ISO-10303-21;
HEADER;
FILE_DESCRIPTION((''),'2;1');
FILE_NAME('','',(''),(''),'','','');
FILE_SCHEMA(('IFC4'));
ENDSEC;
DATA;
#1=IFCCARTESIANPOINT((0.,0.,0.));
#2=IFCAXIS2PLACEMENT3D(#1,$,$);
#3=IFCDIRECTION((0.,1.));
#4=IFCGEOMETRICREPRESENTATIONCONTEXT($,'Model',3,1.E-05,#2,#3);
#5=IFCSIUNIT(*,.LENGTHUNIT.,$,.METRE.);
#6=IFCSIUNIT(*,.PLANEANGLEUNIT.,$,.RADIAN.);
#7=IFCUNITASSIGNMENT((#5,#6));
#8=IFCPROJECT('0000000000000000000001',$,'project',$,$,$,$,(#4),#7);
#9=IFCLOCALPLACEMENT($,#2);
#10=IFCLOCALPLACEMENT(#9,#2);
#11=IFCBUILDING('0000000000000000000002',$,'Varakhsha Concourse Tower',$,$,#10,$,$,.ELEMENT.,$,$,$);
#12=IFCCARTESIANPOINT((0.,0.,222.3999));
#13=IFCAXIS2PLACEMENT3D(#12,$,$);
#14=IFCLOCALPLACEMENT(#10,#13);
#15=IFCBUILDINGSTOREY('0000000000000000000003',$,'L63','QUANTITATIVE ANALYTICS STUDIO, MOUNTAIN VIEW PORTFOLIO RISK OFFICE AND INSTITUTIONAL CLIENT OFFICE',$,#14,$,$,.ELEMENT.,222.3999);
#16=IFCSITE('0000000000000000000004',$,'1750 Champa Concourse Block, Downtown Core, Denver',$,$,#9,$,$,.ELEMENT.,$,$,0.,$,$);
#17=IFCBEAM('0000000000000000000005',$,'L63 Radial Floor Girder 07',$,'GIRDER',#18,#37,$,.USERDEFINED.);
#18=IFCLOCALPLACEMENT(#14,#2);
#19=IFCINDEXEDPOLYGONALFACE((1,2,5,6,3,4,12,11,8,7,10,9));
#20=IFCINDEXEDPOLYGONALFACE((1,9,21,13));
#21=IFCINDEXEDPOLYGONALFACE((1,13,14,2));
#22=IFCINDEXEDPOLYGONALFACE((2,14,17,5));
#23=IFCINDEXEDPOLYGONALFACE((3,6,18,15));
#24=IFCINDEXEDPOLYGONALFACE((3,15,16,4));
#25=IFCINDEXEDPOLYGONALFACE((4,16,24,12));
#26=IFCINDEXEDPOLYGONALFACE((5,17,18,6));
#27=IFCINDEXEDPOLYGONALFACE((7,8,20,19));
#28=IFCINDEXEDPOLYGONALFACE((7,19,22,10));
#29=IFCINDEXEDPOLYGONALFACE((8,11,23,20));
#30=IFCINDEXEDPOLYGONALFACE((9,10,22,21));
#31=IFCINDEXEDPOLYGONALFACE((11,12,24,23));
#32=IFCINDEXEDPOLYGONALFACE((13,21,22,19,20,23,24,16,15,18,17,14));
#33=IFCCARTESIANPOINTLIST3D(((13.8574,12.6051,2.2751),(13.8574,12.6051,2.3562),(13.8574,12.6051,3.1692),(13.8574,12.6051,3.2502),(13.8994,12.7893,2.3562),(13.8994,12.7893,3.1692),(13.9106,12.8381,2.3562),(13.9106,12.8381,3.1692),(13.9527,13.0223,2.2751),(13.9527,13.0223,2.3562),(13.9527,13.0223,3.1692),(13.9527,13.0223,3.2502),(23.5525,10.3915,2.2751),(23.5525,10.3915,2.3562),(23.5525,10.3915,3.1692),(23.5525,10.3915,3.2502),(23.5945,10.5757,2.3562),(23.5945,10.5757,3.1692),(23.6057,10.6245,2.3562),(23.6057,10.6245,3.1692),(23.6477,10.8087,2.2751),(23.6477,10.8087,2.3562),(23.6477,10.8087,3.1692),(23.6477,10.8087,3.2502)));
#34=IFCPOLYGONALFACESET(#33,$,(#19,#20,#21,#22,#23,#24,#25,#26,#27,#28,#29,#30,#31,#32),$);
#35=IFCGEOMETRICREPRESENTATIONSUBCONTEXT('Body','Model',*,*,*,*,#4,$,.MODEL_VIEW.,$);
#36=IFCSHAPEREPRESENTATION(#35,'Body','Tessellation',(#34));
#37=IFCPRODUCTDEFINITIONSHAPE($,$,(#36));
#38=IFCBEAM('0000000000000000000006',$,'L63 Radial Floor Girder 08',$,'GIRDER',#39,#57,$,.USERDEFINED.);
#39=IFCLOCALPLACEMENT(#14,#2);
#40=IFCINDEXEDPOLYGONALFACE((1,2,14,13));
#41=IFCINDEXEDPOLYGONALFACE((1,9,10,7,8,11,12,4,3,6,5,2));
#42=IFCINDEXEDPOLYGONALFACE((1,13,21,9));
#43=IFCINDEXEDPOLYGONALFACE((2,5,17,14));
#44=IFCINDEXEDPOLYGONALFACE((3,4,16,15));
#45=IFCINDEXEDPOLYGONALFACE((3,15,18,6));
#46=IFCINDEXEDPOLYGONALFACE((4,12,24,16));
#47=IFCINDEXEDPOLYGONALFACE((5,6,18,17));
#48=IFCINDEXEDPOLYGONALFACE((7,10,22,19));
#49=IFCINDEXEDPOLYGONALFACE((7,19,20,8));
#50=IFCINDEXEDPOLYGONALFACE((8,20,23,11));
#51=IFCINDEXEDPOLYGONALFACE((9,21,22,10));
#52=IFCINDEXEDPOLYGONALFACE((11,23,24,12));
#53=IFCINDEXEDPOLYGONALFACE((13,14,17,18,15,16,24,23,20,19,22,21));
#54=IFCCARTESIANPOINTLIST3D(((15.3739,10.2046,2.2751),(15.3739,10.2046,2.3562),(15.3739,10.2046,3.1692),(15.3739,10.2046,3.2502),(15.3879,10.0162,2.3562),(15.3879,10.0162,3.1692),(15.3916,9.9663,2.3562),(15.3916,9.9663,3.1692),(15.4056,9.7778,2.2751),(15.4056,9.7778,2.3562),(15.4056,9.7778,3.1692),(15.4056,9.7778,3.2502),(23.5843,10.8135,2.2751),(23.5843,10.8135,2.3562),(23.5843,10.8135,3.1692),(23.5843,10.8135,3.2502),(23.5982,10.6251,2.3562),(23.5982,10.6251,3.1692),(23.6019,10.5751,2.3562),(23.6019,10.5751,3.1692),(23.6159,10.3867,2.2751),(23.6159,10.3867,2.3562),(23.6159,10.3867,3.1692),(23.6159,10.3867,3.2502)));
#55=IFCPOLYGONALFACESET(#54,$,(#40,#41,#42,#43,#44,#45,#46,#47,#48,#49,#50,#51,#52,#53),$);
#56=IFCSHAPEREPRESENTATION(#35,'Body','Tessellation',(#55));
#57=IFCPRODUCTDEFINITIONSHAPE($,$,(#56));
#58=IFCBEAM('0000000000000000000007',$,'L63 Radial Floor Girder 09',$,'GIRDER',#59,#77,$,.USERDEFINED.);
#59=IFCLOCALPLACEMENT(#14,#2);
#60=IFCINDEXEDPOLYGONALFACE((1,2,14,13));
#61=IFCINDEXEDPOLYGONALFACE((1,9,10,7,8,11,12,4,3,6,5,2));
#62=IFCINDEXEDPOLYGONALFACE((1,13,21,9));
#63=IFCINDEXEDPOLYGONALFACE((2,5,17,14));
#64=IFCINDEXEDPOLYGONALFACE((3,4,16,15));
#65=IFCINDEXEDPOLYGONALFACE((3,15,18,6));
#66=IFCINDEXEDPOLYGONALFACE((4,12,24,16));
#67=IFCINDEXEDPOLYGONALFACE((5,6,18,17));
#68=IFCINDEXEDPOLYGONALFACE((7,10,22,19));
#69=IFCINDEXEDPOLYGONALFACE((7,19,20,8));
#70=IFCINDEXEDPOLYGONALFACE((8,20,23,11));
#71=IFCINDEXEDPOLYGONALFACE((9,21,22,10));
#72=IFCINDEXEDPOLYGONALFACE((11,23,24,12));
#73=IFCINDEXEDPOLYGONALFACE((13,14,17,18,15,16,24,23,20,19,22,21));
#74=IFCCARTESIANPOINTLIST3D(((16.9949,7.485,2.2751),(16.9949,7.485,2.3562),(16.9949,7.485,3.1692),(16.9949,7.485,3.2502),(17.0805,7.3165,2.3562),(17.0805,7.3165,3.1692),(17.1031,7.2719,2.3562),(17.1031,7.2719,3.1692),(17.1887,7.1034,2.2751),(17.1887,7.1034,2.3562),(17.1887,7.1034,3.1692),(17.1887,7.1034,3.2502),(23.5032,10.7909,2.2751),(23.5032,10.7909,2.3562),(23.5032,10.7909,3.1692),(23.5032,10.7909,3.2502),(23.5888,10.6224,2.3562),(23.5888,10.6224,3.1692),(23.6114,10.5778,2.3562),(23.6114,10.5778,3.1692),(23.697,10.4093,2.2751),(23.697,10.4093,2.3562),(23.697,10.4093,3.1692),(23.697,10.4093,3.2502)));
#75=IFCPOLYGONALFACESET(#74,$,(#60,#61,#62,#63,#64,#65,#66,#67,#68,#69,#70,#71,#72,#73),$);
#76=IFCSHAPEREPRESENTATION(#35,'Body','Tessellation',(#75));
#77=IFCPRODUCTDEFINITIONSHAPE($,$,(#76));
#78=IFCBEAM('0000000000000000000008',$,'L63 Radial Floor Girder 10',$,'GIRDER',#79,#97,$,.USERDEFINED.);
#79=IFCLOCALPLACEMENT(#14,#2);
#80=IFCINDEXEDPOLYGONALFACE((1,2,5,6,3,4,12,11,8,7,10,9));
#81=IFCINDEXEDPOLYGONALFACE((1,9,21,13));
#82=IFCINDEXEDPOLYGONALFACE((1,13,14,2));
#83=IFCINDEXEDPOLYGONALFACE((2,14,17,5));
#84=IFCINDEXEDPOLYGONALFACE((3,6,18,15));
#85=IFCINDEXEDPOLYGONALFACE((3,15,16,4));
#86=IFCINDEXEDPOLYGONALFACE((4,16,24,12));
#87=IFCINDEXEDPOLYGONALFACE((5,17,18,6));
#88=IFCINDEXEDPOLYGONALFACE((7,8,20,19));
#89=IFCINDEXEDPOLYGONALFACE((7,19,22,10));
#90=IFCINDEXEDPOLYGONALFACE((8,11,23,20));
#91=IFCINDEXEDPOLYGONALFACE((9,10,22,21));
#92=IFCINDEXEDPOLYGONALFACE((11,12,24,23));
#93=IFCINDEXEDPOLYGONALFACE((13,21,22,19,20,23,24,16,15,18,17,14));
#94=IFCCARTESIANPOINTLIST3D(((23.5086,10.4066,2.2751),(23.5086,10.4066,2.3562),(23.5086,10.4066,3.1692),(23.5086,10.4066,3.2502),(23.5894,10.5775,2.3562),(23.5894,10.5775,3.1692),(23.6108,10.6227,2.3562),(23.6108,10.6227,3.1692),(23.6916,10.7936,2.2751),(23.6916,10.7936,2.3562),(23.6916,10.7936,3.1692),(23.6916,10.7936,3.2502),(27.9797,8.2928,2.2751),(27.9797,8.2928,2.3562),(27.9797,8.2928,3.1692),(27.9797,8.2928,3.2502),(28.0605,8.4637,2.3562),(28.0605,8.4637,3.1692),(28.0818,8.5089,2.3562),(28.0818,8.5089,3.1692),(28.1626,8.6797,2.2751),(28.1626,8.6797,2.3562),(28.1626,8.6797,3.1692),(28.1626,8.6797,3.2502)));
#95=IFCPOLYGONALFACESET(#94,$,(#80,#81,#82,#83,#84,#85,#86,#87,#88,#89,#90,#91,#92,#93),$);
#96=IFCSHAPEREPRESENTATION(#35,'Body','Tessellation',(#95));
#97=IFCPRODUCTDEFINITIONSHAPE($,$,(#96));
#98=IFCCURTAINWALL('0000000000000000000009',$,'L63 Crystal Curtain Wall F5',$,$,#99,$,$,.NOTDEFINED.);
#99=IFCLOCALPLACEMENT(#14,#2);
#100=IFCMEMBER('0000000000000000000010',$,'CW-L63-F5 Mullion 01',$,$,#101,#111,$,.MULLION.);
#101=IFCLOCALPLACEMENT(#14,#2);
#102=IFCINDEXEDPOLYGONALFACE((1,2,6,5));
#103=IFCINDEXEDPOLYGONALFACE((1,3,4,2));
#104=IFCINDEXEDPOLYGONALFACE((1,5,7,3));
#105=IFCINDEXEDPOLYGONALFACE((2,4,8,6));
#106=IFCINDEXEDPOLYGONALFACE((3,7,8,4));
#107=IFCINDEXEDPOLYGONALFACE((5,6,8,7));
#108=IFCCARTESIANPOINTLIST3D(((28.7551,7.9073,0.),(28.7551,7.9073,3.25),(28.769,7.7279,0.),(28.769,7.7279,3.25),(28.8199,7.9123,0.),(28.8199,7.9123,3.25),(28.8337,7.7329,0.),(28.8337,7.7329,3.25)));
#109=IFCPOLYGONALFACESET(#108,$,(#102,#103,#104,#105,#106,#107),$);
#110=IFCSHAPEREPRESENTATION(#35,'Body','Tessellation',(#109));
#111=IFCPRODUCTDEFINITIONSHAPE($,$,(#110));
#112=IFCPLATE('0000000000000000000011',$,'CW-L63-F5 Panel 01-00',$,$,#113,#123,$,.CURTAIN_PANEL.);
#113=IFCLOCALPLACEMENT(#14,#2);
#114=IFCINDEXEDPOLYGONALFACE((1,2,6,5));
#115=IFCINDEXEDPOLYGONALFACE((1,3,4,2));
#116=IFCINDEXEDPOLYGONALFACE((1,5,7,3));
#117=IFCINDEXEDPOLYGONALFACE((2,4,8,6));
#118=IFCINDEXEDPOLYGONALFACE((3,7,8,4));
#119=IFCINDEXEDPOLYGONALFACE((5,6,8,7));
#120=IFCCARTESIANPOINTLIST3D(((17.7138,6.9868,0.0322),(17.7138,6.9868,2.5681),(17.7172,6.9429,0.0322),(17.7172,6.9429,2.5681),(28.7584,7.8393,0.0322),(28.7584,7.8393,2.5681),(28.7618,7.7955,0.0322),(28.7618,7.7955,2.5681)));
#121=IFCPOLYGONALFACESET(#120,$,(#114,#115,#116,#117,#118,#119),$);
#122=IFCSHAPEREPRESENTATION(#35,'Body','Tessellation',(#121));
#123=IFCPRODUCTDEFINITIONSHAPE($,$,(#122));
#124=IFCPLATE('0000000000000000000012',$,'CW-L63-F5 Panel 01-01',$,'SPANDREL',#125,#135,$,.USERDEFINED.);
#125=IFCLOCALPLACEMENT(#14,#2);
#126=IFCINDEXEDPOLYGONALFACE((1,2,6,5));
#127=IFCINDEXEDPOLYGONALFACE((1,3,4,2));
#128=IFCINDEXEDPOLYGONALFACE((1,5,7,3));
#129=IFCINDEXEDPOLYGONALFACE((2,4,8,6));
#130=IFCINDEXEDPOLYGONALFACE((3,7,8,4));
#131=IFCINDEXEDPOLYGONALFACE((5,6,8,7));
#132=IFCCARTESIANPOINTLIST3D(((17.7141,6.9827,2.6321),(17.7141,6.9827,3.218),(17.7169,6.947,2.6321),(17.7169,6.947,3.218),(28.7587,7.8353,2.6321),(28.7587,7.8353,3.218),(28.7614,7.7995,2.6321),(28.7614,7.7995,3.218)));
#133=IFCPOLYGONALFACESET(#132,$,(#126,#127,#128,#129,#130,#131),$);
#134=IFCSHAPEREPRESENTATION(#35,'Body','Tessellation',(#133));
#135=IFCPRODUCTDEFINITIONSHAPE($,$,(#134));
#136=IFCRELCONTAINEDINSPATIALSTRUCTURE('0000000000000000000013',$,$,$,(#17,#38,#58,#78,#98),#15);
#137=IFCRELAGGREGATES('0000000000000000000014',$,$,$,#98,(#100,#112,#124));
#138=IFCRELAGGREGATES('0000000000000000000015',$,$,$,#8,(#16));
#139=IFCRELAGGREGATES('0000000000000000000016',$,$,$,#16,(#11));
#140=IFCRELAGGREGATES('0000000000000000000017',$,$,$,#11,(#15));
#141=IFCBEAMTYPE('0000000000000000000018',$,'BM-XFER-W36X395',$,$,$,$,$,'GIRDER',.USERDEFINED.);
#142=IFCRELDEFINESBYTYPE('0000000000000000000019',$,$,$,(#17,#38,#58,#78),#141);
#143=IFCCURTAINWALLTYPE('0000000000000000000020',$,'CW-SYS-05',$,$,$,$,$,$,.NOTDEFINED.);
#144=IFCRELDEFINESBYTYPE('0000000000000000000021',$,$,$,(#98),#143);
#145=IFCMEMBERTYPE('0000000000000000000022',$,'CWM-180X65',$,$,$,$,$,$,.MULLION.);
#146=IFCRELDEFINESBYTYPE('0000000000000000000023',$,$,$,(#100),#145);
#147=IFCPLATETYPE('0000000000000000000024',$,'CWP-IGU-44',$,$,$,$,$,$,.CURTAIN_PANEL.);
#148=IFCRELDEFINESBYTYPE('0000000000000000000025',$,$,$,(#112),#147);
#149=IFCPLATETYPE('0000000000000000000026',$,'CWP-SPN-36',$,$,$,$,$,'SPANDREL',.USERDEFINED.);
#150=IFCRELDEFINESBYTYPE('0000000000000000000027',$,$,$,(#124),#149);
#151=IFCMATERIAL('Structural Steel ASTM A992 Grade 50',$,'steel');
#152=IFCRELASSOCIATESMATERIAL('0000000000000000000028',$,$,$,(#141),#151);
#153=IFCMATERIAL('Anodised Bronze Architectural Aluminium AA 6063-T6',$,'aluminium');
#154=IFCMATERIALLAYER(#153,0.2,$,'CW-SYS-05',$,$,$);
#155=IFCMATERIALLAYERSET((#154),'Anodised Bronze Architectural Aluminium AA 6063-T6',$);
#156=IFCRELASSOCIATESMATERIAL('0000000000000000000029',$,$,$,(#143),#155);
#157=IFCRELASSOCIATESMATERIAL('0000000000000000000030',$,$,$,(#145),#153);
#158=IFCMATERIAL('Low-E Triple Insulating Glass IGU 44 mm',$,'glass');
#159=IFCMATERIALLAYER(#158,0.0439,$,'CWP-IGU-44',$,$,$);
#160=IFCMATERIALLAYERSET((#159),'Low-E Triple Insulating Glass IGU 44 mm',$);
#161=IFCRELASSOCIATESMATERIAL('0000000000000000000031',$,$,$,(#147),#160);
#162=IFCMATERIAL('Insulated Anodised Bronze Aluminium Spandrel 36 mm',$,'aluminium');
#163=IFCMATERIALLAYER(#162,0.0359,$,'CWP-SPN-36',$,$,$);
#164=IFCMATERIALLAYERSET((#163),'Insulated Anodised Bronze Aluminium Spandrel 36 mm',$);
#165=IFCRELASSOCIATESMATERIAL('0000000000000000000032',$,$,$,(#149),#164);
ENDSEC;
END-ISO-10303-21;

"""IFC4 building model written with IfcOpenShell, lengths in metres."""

from ifc_helpers import new_model, si_unit, direction, frame, origin, origin_2d, place, context, subcontext, project, spatial, rectangle, i_section, extrude, source, transform, mapped, material, layer, layer_set, material_profile, profile_set, type_object, type_shapes, element, aggregate, save


model = new_model("IFC4")

# Units and contexts
model_context = context("Model", 3, precision=1e-05, world=origin(), true_north=direction((0.0, 1.0)))
body_context = subcontext(model_context, "Body", "Model", "MODEL_VIEW")
ifc_project = project(units=[si_unit("LENGTHUNIT", "METRE"), si_unit("PLANEANGLEUNIT", "RADIAN")], contexts=[model_context])

# Site, building, storey
site_placement = place(None, origin())
site = spatial("IfcSite", under=ifc_project, at=site_placement, Name="1750 Champa Concourse Block, Downtown Core, Denver", CompositionType="ELEMENT", RefElevation=0.0)
building_placement = place(site_placement, origin())
building = spatial("IfcBuilding", under=site, at=building_placement, Name="Varakhsha Concourse Tower", CompositionType="ELEMENT")
storey_placement = place(building_placement, frame((0.0, 0.0, 222.3999)))
storey = spatial("IfcBuildingStorey", under=building, at=storey_placement, Name="L63", Description="QUANTITATIVE ANALYTICS STUDIO, MOUNTAIN VIEW PORTFOLIO RISK OFFICE AND INSTITUTIONAL CLIENT OFFICE", CompositionType="ELEMENT", Elevation=222.3999)

# Shared definitions
ifc_material_1 = material(Name="Structural Steel ASTM A992 Grade 50", Category="steel")

# Beams
ifc_material_profile_1 = material_profile(ifc_material_1, i_section(OverallWidth=0.428, OverallDepth=0.9751, WebThickness=0.05, FlangeThickness=0.0811, at=origin_2d()), Name="W36X395")
ifc_profile_set_1 = profile_set([ifc_material_profile_1], Name="Structural Steel ASTM A992 Grade 50")
beam_type_1 = type_object("IfcBeamType", Name="BM-XFER-W36X395", ElementType="GIRDER", PredefinedType="USERDEFINED", material=ifc_profile_set_1)
beam_1_placement = place(storey_placement, frame((23.6001, 10.6001, 2.7627), z_axis=(-0.974911, 0.222596, 0.0), x_axis=(-0.222596, -0.974911, 0.0)))
element("IfcBeam", 1, at=beam_1_placement, inside=storey, type_object=beam_type_1, Name="L63 Radial Floor Girder 07", ObjectType="GIRDER", PredefinedType="USERDEFINED", context=body_context, shape_type="SweptSolid", body=[
    extrude(i_section(OverallWidth=0.428, OverallDepth=0.9751, WebThickness=0.05, FlangeThickness=0.0811, at=origin_2d()), origin(), (0.0, 0.0, 1.0), 9.9446),
])
beam_2_placement = place(storey_placement, frame((23.6001, 10.6001, 2.7627), z_axis=(-0.997261, -0.073957, 0.0), x_axis=(0.073957, -0.997261, 0.0)))
element("IfcBeam", 2, at=beam_2_placement, inside=storey, type_object=beam_type_1, Name="L63 Radial Floor Girder 08", ObjectType="GIRDER", PredefinedType="USERDEFINED", context=body_context, shape_type="SweptSolid", body=[
    extrude(i_section(OverallWidth=0.428, OverallDepth=0.9751, WebThickness=0.05, FlangeThickness=0.0811, at=origin_2d()), origin(), (0.0, 0.0, 1.0), 8.2329),
])
beam_3_placement = place(storey_placement, frame((23.6001, 10.6001, 2.7627), z_axis=(-0.891573, -0.452877, 0.0), x_axis=(0.452877, -0.891573, 0.0)))
element("IfcBeam", 3, at=beam_3_placement, inside=storey, type_object=beam_type_1, Name="L63 Radial Floor Girder 09", ObjectType="GIRDER", PredefinedType="USERDEFINED", context=body_context, shape_type="SweptSolid", body=[
    extrude(i_section(OverallWidth=0.428, OverallDepth=0.9751, WebThickness=0.05, FlangeThickness=0.0811, at=origin_2d()), origin(), (0.0, 0.0, 1.0), 7.2998),
])
beam_4_placement = place(storey_placement, frame((23.6001, 10.6001, 2.7627), z_axis=(0.904054, -0.427418, 0.0), x_axis=(0.427418, 0.904054, 0.0)))
element("IfcBeam", 4, at=beam_4_placement, inside=storey, type_object=beam_type_1, Name="L63 Radial Floor Girder 10", ObjectType="GIRDER", PredefinedType="USERDEFINED", context=body_context, shape_type="SweptSolid", body=[
    extrude(i_section(OverallWidth=0.428, OverallDepth=0.9751, WebThickness=0.05, FlangeThickness=0.0811, at=origin_2d()), origin(), (0.0, 0.0, 1.0), 4.9456),
])

# Curtain wall, member, plates
ifc_material_2 = material(Name="Anodised Bronze Architectural Aluminium AA 6063-T6", Category="aluminium")
ifc_layer_1 = layer(ifc_material_2, 0.2, Name="CW-SYS-05")
ifc_layer_set_1 = layer_set([ifc_layer_1], Name="Anodised Bronze Architectural Aluminium AA 6063-T6")
curtain_wall_type = type_object("IfcCurtainWallType", Name="CW-SYS-05", PredefinedType="NOTDEFINED", material=ifc_layer_set_1)
curtain_wall_placement = place(storey_placement, origin())
curtain_wall = element("IfcCurtainWall", 5, at=curtain_wall_placement, inside=storey, type_object=curtain_wall_type, Name="L63 Crystal Curtain Wall F5", PredefinedType="NOTDEFINED")
ifc_material_profile_2 = material_profile(ifc_material_2, rectangle(XDim=0.0649, YDim=0.1799, at=origin_2d()), Name="CWM-180X65")
ifc_profile_set_2 = profile_set([ifc_material_profile_2], Name="Anodised Bronze Architectural Aluminium AA 6063-T6")
member_type = type_object("IfcMemberType", Name="CWM-180X65", PredefinedType="MULLION", material=ifc_profile_set_2)
shared_shape_1 = source(origin(), body_context, "Body", "SweptSolid", [
    extrude(rectangle(XDim=0.0649, YDim=0.1799, at=origin_2d()), origin(), (0.0, 0.0, 1.0), 3.25),
])
type_shapes(member_type, [shared_shape_1])
member_placement = place(storey_placement, frame((28.7944, 7.8201, 0.0), z_axis=(0.0, 0.0, 1.0), x_axis=(-0.997034, -0.076961, 0.0)))
member = element("IfcMember", 6, at=member_placement, type_object=member_type, Name="CW-L63-F5 Mullion 01", PredefinedType="MULLION", context=body_context, shape_type="MappedRepresentation", body=[
    mapped(shared_shape_1, transform((0.0, 0.0, 0.0), scale=1.0)),
])
ifc_material_3 = material(Name="Low-E Triple Insulating Glass IGU 44 mm", Category="glass")
ifc_layer_2 = layer(ifc_material_3, 0.0439, Name="CWP-IGU-44")
ifc_layer_set_2 = layer_set([ifc_layer_2], Name="Low-E Triple Insulating Glass IGU 44 mm")
plate_type_1 = type_object("IfcPlateType", Name="CWP-IGU-44", PredefinedType="CURTAIN_PANEL", material=ifc_layer_set_2)
shared_shape_2 = source(origin(), body_context, "Body", "SweptSolid", [
    extrude(rectangle(XDim=11.0774, YDim=0.0439, at=origin_2d()), origin(), (0.0, 0.0, 1.0), 2.5359),
])
type_shapes(plate_type_1, [shared_shape_2])
plate_1_placement = place(storey_placement, frame((23.2378, 7.3911, 0.0322), z_axis=(0.0, 0.0, 1.0), x_axis=(-0.997034, -0.076961, 0.0)))
plate_1 = element("IfcPlate", 7, at=plate_1_placement, type_object=plate_type_1, Name="CW-L63-F5 Panel 01-00", PredefinedType="CURTAIN_PANEL", context=body_context, shape_type="MappedRepresentation", body=[
    mapped(shared_shape_2, transform((0.0, 0.0, 0.0), scale=1.0)),
])
ifc_material_4 = material(Name="Insulated Anodised Bronze Aluminium Spandrel 36 mm", Category="aluminium")
ifc_layer_3 = layer(ifc_material_4, 0.0359, Name="CWP-SPN-36")
ifc_layer_set_3 = layer_set([ifc_layer_3], Name="Insulated Anodised Bronze Aluminium Spandrel 36 mm")
plate_type_2 = type_object("IfcPlateType", Name="CWP-SPN-36", ElementType="SPANDREL", PredefinedType="USERDEFINED", material=ifc_layer_set_3)
shared_shape_3 = source(origin(), body_context, "Body", "SweptSolid", [
    extrude(rectangle(XDim=11.0774, YDim=0.0359, at=origin_2d()), origin(), (0.0, 0.0, 1.0), 0.5859),
])
type_shapes(plate_type_2, [shared_shape_3])
plate_2_placement = place(storey_placement, frame((23.2378, 7.3911, 2.6321), z_axis=(0.0, 0.0, 1.0), x_axis=(-0.997034, -0.076961, 0.0)))
plate_2 = element("IfcPlate", 8, at=plate_2_placement, type_object=plate_type_2, Name="CW-L63-F5 Panel 01-01", ObjectType="SPANDREL", PredefinedType="USERDEFINED", context=body_context, shape_type="MappedRepresentation", body=[
    mapped(shared_shape_3, transform((0.0, 0.0, 0.0), scale=1.0)),
])
aggregate(curtain_wall, [member, plate_1, plate_2])

save(model, "model.ifc")
